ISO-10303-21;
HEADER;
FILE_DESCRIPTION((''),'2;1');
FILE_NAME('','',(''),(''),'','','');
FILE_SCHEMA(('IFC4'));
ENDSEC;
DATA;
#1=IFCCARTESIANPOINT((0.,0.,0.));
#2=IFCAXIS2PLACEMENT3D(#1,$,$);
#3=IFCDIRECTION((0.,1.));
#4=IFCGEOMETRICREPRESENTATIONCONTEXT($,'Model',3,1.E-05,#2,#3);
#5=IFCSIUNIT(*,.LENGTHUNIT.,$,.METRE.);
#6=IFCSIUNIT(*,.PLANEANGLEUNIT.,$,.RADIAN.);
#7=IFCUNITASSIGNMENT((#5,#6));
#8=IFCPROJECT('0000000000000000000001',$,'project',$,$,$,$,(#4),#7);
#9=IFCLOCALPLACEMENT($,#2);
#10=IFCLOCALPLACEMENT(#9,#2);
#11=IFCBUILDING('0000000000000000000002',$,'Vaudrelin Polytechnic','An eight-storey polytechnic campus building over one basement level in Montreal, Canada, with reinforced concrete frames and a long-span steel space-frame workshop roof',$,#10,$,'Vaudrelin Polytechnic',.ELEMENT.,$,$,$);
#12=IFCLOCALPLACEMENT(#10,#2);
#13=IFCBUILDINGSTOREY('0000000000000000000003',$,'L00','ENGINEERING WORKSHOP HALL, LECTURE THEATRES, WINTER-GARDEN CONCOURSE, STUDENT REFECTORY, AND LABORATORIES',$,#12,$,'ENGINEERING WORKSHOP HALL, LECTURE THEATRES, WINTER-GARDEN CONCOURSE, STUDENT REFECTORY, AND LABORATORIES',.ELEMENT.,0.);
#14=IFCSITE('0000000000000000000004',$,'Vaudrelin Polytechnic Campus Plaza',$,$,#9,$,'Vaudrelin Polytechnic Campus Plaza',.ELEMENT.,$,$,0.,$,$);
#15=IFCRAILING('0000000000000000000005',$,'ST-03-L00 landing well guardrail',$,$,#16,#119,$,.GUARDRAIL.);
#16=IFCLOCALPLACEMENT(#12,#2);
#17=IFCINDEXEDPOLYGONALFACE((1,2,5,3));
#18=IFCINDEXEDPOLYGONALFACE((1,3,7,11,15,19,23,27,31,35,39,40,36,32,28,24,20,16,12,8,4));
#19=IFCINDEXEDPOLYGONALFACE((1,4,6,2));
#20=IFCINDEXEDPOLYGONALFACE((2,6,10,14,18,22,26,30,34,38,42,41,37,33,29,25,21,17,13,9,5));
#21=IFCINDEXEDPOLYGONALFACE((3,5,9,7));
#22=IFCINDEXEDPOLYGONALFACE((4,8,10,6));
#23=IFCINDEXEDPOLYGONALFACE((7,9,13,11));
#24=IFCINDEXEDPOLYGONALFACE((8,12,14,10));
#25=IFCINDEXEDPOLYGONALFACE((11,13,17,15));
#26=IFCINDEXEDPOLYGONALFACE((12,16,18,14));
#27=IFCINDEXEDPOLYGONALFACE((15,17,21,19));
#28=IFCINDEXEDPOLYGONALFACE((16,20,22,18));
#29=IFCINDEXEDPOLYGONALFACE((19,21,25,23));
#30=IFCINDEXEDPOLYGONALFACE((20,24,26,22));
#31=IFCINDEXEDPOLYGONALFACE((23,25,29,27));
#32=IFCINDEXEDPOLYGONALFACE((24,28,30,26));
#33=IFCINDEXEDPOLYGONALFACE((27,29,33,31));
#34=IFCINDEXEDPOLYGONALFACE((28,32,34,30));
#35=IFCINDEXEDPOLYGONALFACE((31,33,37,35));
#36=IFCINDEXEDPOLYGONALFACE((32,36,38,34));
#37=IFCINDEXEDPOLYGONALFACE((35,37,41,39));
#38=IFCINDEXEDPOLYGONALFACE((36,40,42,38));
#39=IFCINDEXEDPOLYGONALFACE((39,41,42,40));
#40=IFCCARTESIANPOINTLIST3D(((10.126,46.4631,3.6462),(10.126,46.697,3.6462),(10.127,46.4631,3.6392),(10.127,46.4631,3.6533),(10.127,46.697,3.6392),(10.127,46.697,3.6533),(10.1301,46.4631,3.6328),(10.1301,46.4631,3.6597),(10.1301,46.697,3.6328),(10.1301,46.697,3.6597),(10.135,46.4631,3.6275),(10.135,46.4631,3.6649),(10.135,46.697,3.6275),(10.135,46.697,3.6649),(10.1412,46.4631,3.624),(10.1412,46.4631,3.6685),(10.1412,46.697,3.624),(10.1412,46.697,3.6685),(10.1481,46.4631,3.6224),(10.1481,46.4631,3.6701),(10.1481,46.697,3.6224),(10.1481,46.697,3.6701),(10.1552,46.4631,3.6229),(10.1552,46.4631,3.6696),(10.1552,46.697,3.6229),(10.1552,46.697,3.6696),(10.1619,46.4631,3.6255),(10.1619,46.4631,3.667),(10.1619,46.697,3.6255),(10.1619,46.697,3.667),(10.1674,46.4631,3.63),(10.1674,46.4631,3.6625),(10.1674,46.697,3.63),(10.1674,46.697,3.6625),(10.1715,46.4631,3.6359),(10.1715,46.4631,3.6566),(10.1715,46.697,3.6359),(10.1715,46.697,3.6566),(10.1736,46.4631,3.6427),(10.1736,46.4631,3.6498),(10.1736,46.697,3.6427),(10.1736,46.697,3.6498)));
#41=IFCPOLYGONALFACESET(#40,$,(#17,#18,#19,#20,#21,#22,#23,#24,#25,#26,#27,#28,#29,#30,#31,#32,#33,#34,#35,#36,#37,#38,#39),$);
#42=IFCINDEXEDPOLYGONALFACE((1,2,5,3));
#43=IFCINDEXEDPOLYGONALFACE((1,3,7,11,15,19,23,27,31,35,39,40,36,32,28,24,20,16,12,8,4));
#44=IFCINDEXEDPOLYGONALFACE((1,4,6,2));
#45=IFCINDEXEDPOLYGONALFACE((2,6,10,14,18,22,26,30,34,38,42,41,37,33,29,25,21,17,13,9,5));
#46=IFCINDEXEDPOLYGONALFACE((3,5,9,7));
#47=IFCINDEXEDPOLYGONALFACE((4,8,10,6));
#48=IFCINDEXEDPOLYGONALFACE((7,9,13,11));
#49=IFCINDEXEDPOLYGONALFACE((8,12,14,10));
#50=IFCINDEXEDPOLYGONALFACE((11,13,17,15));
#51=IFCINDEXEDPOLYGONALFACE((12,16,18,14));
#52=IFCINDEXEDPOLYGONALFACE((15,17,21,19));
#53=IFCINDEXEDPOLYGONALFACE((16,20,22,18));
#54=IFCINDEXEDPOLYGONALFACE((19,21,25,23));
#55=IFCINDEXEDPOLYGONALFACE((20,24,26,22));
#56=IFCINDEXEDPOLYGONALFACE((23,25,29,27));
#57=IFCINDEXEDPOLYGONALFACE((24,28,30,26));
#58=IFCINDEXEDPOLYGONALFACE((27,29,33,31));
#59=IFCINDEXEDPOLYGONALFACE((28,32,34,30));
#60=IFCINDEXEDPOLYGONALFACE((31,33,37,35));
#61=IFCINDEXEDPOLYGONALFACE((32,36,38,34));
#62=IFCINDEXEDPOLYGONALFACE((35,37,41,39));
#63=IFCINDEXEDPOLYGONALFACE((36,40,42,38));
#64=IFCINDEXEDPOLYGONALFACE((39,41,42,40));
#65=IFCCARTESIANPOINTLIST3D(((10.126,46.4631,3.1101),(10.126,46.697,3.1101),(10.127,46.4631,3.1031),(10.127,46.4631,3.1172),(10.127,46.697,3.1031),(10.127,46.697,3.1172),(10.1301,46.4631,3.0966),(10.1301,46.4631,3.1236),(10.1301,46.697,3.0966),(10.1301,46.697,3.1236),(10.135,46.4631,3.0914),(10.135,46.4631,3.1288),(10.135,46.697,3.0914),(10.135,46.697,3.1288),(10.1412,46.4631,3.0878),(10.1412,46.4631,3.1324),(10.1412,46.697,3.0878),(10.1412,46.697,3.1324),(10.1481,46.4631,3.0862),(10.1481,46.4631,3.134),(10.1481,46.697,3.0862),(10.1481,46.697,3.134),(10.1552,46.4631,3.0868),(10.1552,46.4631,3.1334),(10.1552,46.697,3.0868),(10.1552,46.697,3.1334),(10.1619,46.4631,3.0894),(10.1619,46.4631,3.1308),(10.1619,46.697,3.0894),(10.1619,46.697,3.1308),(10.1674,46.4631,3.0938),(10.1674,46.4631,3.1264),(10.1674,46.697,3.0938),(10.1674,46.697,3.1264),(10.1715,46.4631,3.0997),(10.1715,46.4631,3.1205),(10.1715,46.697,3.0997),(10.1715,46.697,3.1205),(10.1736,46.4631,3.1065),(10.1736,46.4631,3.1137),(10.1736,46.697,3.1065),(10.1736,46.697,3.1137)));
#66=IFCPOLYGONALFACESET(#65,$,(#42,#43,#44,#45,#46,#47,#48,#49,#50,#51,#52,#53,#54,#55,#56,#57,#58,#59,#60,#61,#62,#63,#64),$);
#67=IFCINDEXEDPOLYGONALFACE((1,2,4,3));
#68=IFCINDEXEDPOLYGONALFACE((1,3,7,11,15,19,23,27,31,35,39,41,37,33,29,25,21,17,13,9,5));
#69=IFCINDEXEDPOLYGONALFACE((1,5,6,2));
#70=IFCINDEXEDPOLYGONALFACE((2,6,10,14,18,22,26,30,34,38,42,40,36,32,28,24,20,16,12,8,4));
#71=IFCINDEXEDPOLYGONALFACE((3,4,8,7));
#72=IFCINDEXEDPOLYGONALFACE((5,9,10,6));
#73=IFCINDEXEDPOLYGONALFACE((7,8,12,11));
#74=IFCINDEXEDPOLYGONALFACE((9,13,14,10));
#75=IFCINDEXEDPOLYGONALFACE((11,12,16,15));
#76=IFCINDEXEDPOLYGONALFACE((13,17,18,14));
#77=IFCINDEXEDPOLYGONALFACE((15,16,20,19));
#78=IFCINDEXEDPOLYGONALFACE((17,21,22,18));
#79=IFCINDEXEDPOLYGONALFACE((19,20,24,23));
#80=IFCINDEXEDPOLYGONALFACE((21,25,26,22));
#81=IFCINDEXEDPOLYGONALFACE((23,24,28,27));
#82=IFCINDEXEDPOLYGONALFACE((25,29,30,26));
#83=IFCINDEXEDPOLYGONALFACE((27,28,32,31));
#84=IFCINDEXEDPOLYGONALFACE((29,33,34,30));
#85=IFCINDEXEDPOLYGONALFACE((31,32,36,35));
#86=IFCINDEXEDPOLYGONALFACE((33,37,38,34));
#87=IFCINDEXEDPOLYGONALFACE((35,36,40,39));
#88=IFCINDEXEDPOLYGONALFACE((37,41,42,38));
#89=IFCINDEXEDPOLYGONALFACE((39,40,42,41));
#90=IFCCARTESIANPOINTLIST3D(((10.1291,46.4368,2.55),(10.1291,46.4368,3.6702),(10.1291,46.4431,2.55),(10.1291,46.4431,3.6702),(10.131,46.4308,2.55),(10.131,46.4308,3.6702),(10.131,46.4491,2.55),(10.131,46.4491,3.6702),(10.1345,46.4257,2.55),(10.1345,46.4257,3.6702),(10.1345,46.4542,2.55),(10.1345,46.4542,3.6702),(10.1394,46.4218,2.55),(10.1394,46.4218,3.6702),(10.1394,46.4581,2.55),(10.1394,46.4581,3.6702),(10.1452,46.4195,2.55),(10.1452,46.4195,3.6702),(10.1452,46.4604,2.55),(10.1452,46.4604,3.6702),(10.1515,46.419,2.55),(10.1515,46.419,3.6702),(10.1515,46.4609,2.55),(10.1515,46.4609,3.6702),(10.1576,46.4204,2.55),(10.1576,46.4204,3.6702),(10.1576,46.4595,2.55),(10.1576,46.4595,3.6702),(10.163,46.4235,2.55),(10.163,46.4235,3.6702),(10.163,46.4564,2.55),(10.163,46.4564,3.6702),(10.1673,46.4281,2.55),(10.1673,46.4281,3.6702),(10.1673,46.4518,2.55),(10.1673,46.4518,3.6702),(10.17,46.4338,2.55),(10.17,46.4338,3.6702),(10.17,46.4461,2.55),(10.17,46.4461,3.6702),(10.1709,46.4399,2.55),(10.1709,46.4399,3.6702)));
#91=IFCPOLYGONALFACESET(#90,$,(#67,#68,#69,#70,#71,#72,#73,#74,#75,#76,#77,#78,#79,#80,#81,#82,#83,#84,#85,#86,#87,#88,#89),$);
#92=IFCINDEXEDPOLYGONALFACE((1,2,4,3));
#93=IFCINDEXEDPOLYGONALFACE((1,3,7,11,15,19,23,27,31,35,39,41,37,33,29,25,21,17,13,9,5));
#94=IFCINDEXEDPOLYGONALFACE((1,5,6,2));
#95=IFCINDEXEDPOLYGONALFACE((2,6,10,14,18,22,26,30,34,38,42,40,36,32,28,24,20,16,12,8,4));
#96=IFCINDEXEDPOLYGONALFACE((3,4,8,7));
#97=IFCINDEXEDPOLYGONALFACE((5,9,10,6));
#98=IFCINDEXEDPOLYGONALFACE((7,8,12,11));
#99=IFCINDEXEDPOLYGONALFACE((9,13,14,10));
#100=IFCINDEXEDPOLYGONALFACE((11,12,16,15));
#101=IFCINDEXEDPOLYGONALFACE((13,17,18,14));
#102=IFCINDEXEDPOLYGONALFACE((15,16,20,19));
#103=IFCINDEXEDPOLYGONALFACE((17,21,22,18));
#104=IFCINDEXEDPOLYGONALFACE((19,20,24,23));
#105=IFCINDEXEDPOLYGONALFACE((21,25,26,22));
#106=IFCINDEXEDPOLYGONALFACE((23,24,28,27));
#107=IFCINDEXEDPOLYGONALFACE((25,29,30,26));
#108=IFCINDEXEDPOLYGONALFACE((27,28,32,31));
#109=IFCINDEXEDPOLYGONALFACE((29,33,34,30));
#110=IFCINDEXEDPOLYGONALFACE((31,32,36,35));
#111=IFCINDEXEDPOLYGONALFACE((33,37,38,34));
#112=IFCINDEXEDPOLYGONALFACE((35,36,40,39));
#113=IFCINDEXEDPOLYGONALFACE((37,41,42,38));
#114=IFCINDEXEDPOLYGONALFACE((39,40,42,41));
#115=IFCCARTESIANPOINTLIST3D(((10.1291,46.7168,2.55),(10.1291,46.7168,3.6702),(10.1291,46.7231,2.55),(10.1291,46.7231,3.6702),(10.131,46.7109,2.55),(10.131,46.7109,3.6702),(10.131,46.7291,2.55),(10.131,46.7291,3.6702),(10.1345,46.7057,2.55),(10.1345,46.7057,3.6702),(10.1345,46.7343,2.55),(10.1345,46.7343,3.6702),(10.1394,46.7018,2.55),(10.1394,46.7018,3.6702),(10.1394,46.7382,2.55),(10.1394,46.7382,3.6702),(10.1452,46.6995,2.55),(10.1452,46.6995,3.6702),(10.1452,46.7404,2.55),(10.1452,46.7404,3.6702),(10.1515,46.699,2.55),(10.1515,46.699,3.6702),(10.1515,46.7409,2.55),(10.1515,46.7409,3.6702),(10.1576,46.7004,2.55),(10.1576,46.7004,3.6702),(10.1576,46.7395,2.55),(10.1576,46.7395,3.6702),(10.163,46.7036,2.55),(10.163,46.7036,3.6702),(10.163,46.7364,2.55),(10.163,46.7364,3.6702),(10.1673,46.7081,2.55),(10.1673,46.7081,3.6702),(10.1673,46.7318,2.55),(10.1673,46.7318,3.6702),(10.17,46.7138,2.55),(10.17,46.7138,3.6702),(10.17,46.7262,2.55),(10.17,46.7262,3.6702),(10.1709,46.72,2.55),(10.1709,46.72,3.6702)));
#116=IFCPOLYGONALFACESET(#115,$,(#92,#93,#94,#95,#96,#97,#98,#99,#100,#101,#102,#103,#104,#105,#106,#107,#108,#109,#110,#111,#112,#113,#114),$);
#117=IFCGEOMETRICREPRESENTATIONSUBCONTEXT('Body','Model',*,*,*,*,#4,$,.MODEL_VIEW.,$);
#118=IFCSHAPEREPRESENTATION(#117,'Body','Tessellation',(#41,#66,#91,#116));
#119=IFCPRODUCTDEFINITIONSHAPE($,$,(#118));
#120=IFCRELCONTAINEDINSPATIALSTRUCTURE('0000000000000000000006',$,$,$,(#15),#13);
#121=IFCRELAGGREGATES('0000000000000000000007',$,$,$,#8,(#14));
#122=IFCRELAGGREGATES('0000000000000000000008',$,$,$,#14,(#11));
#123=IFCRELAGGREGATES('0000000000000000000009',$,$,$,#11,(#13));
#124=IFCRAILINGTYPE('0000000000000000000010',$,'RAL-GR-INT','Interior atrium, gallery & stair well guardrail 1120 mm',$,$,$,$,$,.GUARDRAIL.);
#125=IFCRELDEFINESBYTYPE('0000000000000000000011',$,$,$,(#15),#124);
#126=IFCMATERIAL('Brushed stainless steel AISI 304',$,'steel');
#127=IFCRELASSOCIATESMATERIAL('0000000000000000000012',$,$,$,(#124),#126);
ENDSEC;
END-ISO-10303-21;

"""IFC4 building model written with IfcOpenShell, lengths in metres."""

from ifc_helpers import new_model, si_unit, direction, frame, origin, origin_2d, place, context, subcontext, project, spatial, circle, extrude, material, type_object, element, save


model = new_model("IFC4")

# Units and contexts
model_context = context("Model", 3, precision=1e-05, world=origin(), true_north=direction((0.0, 1.0)))
body_context = subcontext(model_context, "Body", "Model", "MODEL_VIEW")
ifc_project = project(units=[si_unit("LENGTHUNIT", "METRE"), si_unit("PLANEANGLEUNIT", "RADIAN")], contexts=[model_context])

# Site, building, storey
site_placement = place(None, origin())
site = spatial("IfcSite", under=ifc_project, at=site_placement, Name="Vaudrelin Polytechnic Campus Plaza", LongName="Vaudrelin Polytechnic Campus Plaza", CompositionType="ELEMENT", RefElevation=0.0)
building_placement = place(site_placement, origin())
building = spatial("IfcBuilding", under=site, at=building_placement, Name="Vaudrelin Polytechnic", Description="An eight-storey polytechnic campus building over one basement level in Montreal, Canada, with reinforced concrete frames and a long-span steel space-frame workshop roof", LongName="Vaudrelin Polytechnic", CompositionType="ELEMENT")
storey_placement = place(building_placement, origin())
storey = spatial("IfcBuildingStorey", under=building, at=storey_placement, Name="L00", Description="ENGINEERING WORKSHOP HALL, LECTURE THEATRES, WINTER-GARDEN CONCOURSE, STUDENT REFECTORY, AND LABORATORIES", LongName="ENGINEERING WORKSHOP HALL, LECTURE THEATRES, WINTER-GARDEN CONCOURSE, STUDENT REFECTORY, AND LABORATORIES", CompositionType="ELEMENT", Elevation=0.0)

# Shared definitions
ifc_material_1 = material(Name="Brushed stainless steel AISI 304", Category="steel")

# Railing
railing_type_1 = type_object("IfcRailingType", Name="RAL-GR-INT", Description="Interior atrium, gallery & stair well guardrail 1120 mm", PredefinedType="GUARDRAIL", material=ifc_material_1)
railing_1_placement = place(storey_placement, frame((10.1499, 46.4399, 2.55)))
element("IfcRailing", 1, at=railing_1_placement, inside=storey, type_object=railing_type_1, Name="ST-03-L00 landing well guardrail", PredefinedType="GUARDRAIL", context=body_context, shape_type="SweptSolid", body=[
    extrude(circle(Radius=0.0239, at=origin_2d()), frame((0.0, 0.0232, 1.0962), z_axis=(0.0, 1.0, 0.0), x_axis=(-1.0, 0.0, 0.0)), (0.0, 0.0, 1.0), 0.2339),
    extrude(circle(Radius=0.0239, at=origin_2d()), frame((0.0, 0.0232, 0.5601), z_axis=(0.0, 1.0, 0.0), x_axis=(-1.0, 0.0, 0.0)), (0.0, 0.0, 1.0), 0.2339),
    extrude(circle(Radius=0.021, at=origin_2d()), origin(), (0.0, 0.0, 1.0), 1.1201),
    extrude(circle(Radius=0.021, at=origin_2d()), frame((0.0, 0.28, 0.0)), (0.0, 0.0, 1.0), 1.1201),
])

save(model, "model.ifc")
